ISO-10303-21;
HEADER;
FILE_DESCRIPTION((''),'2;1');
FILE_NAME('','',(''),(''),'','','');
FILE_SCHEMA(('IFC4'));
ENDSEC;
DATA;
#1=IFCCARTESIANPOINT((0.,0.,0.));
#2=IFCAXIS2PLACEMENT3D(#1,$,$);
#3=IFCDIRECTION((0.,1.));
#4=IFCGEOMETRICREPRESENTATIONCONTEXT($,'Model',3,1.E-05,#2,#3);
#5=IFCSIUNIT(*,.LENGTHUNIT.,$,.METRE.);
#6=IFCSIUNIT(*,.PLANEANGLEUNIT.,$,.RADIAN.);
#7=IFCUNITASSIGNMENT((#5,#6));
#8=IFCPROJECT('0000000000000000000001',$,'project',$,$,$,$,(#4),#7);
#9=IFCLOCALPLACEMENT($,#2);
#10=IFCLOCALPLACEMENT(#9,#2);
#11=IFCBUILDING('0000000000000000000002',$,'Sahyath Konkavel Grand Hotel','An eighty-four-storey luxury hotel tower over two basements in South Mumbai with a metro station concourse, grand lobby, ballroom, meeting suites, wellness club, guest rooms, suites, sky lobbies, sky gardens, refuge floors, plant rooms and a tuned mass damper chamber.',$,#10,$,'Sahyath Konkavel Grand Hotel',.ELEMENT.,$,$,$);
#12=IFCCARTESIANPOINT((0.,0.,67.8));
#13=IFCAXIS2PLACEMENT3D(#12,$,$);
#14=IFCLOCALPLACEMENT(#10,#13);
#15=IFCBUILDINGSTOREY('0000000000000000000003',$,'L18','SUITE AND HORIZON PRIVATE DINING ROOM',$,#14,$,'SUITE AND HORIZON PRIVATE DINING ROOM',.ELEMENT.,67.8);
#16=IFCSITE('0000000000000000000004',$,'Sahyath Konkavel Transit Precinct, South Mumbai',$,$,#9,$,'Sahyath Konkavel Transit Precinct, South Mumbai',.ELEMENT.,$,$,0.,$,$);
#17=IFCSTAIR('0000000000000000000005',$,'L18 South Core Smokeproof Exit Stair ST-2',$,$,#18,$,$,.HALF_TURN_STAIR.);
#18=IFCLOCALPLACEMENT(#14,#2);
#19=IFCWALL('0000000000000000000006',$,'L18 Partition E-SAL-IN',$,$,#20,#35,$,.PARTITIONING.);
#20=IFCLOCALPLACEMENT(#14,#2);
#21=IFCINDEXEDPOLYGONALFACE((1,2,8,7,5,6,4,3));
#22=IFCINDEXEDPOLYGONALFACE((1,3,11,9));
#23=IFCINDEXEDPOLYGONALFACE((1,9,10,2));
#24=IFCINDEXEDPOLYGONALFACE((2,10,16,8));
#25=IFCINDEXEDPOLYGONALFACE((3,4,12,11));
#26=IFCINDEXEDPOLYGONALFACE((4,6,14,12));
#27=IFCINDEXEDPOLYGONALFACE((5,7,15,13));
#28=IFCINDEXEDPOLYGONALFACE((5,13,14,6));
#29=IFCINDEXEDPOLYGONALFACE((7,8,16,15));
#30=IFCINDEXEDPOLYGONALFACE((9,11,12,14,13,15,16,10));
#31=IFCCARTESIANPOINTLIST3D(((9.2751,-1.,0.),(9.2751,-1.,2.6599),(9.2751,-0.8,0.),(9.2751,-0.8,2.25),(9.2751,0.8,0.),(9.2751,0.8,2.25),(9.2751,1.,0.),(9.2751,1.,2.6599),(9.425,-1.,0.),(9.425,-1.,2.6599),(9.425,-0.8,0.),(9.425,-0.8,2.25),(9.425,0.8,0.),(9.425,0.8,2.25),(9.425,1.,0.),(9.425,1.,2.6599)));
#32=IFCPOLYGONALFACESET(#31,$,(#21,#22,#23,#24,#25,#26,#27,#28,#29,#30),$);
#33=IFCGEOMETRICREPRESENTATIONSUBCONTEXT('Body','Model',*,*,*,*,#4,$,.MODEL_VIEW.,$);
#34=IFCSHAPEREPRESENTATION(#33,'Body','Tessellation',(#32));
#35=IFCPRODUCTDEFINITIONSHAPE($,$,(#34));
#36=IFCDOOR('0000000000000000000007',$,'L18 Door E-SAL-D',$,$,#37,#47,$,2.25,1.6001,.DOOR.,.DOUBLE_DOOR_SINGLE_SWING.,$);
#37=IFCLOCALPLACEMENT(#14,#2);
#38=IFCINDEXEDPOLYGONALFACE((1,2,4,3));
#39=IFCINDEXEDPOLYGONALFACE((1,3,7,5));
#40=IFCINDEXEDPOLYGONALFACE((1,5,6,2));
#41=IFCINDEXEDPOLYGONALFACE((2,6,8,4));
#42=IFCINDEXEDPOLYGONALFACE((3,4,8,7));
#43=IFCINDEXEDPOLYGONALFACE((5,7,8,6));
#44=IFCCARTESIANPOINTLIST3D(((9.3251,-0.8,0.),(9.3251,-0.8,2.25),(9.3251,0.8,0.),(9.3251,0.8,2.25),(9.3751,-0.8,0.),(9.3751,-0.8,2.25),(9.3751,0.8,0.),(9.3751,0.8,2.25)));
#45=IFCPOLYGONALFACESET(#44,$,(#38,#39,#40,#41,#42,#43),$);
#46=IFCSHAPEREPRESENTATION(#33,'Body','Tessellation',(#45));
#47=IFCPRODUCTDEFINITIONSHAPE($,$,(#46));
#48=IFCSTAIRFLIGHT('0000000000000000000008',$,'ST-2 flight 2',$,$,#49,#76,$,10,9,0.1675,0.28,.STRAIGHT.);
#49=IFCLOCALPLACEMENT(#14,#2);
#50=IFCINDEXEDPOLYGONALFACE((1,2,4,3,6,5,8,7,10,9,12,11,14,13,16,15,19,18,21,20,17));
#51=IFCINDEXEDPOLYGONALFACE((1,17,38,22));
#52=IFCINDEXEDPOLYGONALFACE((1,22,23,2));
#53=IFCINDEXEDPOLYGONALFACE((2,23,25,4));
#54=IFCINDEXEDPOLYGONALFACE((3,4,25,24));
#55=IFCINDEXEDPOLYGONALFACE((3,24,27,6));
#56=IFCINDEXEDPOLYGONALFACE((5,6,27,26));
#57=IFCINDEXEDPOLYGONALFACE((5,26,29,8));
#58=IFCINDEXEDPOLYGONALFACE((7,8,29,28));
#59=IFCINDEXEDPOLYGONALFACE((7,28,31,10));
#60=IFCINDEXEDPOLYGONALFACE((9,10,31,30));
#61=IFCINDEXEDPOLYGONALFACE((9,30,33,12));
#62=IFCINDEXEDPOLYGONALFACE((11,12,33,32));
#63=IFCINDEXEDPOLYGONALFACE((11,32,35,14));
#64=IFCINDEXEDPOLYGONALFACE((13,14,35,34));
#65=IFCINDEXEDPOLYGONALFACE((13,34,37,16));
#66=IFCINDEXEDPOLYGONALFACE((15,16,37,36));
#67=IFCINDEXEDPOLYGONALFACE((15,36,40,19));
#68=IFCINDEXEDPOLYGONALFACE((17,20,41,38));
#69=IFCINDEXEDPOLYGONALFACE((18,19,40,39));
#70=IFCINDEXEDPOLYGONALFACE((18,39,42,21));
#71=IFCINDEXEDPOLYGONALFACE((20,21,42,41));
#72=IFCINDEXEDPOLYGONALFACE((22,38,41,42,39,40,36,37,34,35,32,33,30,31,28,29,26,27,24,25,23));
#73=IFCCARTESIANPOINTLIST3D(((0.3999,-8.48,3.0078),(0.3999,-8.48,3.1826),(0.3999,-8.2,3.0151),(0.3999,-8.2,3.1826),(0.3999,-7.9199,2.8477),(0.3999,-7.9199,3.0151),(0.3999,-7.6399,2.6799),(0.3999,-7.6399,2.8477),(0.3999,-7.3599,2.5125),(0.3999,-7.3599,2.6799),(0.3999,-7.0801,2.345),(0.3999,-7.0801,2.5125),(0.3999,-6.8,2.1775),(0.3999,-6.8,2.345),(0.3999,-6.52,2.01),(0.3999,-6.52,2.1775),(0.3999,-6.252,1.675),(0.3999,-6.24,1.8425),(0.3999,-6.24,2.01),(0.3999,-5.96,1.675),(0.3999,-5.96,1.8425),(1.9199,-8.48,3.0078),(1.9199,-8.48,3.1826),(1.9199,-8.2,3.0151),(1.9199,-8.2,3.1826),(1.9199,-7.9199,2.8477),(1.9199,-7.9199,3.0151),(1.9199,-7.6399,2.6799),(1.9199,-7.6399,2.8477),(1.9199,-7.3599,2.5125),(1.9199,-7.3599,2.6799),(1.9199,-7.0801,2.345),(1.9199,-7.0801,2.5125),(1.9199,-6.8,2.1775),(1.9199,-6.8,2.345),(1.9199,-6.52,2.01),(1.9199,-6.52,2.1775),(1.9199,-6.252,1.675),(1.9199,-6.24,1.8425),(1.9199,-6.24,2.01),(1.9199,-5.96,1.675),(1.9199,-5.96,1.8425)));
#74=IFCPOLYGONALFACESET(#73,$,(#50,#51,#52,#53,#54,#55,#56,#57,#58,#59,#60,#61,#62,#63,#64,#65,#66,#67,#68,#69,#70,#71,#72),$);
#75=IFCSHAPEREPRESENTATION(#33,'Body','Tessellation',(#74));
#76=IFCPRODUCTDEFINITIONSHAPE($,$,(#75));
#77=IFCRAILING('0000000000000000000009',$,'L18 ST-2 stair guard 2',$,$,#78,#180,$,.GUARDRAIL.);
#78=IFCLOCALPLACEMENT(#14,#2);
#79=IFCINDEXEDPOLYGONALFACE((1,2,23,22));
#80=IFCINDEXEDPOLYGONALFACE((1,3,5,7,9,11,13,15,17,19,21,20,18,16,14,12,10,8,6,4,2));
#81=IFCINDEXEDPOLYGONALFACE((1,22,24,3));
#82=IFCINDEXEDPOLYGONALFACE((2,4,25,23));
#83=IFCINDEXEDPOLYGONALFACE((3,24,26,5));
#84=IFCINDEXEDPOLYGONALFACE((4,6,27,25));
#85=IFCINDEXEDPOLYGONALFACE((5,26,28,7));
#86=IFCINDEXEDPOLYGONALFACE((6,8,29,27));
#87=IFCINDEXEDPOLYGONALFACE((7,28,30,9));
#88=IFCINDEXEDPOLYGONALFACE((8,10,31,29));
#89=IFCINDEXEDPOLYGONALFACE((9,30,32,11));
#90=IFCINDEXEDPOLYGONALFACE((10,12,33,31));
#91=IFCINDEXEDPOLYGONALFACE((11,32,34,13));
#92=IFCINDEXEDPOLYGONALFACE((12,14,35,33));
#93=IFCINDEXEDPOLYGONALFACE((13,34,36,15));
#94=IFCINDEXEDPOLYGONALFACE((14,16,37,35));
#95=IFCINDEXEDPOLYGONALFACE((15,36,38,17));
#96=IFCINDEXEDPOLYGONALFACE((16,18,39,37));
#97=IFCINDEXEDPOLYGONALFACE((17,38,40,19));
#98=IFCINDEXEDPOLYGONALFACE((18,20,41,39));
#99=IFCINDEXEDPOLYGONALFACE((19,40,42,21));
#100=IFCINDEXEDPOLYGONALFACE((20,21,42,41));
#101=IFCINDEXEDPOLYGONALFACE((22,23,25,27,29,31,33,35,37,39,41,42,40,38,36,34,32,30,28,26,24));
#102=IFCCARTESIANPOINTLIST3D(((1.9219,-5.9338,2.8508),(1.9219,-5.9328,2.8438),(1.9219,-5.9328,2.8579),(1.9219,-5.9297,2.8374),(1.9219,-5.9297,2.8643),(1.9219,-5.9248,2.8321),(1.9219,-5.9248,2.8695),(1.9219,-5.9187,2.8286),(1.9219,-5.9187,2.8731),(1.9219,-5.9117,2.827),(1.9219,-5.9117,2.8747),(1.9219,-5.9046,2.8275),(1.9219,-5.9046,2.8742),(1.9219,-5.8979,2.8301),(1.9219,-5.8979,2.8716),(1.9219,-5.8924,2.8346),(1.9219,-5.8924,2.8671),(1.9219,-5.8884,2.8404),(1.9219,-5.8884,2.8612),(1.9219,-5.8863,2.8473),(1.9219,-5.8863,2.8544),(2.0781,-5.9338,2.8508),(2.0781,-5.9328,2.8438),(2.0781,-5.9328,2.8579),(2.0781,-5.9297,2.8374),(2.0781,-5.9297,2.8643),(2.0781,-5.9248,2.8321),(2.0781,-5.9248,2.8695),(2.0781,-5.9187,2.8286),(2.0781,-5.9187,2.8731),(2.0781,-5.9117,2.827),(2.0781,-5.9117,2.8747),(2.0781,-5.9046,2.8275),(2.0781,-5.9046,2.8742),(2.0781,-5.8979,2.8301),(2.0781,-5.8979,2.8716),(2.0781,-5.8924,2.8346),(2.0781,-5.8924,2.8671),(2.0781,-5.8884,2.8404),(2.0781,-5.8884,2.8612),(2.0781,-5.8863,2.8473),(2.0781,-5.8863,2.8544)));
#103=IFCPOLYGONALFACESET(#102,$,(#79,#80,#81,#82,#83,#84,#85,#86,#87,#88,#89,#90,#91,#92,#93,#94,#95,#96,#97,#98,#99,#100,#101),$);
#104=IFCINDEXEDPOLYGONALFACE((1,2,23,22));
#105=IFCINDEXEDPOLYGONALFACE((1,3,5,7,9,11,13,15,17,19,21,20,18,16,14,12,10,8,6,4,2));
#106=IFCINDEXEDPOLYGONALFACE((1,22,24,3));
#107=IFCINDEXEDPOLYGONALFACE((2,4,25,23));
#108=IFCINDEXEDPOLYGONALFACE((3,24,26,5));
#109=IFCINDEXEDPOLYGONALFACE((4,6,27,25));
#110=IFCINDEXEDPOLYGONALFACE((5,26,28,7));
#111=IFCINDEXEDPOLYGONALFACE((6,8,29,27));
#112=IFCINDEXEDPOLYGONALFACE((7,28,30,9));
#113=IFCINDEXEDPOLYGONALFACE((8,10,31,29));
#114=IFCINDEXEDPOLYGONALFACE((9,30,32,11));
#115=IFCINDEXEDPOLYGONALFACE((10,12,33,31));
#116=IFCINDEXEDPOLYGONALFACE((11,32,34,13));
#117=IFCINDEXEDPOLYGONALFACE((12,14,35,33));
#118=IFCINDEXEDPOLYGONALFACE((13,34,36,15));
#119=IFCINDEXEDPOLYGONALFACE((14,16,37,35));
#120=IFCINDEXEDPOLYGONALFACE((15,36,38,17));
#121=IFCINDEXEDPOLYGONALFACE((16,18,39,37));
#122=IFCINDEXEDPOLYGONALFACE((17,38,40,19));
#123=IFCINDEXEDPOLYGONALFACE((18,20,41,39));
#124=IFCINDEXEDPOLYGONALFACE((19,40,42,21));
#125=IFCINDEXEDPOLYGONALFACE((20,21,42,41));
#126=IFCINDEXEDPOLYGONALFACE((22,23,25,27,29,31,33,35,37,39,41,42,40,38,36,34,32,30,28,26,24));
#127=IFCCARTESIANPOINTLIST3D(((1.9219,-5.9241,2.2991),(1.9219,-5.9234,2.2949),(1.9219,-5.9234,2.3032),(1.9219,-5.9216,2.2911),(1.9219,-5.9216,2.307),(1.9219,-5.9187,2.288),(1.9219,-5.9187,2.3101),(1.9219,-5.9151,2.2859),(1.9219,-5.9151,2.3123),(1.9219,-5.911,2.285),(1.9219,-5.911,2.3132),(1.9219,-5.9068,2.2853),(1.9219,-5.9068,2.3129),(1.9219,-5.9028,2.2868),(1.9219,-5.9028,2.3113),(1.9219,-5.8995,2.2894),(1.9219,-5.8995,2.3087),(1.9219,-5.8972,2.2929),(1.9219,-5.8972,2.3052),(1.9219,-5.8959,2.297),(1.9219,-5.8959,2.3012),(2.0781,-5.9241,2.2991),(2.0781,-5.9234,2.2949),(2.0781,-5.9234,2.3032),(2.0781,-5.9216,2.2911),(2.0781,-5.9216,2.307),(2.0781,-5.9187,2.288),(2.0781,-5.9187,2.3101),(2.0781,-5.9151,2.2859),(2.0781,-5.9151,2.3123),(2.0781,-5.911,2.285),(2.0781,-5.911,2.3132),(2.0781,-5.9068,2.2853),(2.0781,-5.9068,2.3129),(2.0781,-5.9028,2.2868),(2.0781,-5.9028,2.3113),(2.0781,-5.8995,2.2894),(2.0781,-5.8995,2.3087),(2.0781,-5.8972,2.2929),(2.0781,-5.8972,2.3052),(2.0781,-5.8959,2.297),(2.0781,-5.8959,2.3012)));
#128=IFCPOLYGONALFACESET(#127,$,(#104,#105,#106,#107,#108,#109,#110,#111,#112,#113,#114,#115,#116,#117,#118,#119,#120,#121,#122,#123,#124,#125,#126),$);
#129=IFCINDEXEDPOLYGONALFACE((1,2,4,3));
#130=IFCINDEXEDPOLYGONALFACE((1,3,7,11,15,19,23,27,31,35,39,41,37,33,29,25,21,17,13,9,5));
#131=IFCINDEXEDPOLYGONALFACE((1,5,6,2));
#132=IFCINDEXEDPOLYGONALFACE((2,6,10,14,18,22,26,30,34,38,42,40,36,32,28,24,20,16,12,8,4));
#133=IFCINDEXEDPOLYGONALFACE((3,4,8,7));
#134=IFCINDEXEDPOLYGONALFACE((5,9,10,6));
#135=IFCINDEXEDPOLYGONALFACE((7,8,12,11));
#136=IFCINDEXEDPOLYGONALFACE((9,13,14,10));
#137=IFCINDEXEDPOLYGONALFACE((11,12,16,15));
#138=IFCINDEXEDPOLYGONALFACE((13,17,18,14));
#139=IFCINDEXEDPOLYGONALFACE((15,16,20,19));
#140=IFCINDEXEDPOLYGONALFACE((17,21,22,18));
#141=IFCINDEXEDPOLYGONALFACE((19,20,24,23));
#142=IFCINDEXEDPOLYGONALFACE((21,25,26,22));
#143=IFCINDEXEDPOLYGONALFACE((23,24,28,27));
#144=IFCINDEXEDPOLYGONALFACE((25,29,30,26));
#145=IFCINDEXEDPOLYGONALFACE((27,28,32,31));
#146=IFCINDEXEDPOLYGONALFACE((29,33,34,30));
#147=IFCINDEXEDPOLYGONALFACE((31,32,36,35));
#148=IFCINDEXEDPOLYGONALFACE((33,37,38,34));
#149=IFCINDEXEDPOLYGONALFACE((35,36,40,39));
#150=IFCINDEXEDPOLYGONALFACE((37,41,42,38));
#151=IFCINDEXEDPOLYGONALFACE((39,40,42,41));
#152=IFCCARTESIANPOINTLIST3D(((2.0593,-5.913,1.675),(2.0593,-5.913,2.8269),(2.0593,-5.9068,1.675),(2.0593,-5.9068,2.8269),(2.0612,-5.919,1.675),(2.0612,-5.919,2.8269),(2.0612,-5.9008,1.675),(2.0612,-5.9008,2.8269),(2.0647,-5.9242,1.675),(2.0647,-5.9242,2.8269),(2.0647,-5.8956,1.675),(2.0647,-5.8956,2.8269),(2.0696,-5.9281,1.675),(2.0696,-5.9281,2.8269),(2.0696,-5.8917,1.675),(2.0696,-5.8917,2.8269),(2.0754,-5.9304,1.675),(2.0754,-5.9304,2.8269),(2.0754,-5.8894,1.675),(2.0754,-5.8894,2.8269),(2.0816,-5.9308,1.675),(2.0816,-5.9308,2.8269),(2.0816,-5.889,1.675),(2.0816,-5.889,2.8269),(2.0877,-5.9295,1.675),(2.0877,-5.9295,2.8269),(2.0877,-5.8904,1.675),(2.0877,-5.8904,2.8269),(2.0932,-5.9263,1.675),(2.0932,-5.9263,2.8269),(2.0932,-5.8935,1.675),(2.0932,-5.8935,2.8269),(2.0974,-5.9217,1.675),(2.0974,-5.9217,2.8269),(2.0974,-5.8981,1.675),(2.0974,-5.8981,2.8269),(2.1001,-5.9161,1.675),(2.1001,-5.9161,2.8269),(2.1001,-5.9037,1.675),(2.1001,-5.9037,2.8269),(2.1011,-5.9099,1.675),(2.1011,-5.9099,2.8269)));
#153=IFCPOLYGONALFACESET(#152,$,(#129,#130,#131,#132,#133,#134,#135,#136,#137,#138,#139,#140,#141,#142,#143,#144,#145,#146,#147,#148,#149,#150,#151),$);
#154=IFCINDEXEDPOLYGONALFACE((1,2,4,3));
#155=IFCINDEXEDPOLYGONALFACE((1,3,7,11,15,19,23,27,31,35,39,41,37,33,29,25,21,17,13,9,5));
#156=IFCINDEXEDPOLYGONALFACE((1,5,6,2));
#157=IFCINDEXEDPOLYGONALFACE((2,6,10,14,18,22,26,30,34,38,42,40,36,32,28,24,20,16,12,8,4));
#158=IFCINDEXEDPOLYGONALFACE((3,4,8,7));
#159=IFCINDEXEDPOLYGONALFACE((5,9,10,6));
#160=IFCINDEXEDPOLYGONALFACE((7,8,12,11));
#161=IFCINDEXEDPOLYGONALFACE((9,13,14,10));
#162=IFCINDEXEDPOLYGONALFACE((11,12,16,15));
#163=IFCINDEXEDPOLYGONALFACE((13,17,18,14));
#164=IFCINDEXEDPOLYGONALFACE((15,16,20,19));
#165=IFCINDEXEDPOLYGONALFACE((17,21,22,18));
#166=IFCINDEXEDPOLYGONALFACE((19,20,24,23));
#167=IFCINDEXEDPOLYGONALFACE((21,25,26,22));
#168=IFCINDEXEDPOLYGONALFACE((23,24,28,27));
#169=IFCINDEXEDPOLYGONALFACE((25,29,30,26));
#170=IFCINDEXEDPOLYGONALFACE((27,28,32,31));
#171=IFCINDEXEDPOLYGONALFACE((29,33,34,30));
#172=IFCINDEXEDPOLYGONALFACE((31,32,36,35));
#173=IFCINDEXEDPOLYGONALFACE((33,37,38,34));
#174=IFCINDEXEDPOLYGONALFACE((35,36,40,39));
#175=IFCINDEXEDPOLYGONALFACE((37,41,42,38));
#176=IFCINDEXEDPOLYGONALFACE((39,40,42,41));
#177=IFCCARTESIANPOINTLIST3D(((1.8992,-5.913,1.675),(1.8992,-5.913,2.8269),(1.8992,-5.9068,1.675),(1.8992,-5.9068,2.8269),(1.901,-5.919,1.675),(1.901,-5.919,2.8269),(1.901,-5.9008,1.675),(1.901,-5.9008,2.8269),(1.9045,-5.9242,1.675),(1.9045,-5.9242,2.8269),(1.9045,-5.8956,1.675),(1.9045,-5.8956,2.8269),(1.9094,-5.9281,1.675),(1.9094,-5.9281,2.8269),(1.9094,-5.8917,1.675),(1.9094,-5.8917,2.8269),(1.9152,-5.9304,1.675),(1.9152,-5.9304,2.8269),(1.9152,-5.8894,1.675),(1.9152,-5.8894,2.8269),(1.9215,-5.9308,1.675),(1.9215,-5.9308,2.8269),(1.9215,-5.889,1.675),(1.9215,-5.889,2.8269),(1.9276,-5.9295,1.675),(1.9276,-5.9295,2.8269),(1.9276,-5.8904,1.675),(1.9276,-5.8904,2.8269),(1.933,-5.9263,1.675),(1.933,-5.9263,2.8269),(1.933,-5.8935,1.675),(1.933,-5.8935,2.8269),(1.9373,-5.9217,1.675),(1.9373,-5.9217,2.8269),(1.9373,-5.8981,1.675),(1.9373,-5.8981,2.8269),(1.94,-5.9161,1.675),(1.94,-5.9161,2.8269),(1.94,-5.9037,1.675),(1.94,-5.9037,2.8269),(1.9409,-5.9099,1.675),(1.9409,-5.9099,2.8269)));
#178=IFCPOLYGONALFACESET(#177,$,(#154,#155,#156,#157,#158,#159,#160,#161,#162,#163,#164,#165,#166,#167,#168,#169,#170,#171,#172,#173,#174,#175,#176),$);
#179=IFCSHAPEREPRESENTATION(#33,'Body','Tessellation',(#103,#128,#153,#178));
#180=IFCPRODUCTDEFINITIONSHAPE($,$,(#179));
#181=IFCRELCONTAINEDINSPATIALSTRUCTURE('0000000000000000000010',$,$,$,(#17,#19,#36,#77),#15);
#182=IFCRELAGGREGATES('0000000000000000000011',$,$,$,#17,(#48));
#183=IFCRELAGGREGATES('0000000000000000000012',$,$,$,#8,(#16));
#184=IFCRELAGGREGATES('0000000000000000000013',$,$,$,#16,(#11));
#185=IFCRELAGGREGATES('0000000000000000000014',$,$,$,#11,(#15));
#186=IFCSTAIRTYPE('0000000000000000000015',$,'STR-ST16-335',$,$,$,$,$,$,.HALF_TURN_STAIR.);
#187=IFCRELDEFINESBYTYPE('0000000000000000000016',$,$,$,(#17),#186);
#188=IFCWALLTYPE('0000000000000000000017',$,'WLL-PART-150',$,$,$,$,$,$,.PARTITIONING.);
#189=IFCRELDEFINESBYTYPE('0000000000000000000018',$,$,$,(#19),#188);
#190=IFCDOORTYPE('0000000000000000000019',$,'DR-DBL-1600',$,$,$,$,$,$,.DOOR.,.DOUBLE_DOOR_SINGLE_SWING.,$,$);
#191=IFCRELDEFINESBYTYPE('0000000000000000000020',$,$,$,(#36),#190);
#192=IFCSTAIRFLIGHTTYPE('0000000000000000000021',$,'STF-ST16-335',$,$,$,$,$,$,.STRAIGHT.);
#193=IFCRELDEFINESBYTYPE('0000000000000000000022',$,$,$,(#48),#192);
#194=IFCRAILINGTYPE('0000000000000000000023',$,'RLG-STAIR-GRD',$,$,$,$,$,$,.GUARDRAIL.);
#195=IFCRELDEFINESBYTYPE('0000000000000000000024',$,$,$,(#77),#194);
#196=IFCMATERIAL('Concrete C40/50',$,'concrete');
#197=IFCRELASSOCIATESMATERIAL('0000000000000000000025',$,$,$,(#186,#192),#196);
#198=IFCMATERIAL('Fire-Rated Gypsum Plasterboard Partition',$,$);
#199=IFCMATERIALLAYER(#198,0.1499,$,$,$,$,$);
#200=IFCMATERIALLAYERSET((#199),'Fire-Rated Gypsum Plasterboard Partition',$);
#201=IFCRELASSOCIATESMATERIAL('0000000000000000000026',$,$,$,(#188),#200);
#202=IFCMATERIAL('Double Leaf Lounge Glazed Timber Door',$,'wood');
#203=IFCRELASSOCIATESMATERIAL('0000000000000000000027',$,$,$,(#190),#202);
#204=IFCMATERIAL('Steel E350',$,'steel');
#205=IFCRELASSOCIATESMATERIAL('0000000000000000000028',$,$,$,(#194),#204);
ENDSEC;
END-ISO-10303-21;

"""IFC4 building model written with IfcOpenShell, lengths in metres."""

from ifc_helpers import new_model, si_unit, direction, frame, frame_2d, origin, origin_2d, place, context, subcontext, project, spatial, polyline, rectangle, circle, outline, extrude, source, transform, mapped, material, layer, layer_set, type_object, element, fill, aggregate, save


model = new_model("IFC4")

# Units and contexts
model_context = context("Model", 3, precision=1e-05, world=origin(), true_north=direction((0.0, 1.0)))
body_context = subcontext(model_context, "Body", "Model", "MODEL_VIEW")
ifc_project = project(units=[si_unit("LENGTHUNIT", "METRE"), si_unit("PLANEANGLEUNIT", "RADIAN")], contexts=[model_context])

# Site, building, storey
site_placement = place(None, origin())
site = spatial("IfcSite", under=ifc_project, at=site_placement, Name="Sahyath Konkavel Transit Precinct, South Mumbai", LongName="Sahyath Konkavel Transit Precinct, South Mumbai", CompositionType="ELEMENT", RefElevation=0.0)
building_placement = place(site_placement, origin())
building = spatial("IfcBuilding", under=site, at=building_placement, Name="Sahyath Konkavel Grand Hotel", Description="An eighty-four-storey luxury hotel tower over two basements in South Mumbai with a metro station concourse, grand lobby, ballroom, meeting suites, wellness club, guest rooms, suites, sky lobbies, sky gardens, refuge floors, plant rooms and a tuned mass damper chamber.", LongName="Sahyath Konkavel Grand Hotel", CompositionType="ELEMENT")
storey_placement = place(building_placement, frame((0.0, 0.0, 67.8)))
storey = spatial("IfcBuildingStorey", under=building, at=storey_placement, Name="L18", Description="SUITE AND HORIZON PRIVATE DINING ROOM", LongName="SUITE AND HORIZON PRIVATE DINING ROOM", CompositionType="ELEMENT", Elevation=67.8)

# Shared definitions
ifc_material_1 = material(Name="Steel E350", Category="steel")

# Shared definitions
ifc_material_2 = material(Name="Concrete C40/50", Category="concrete")

# Stair
stair_type = type_object("IfcStairType", Name="STR-ST16-335", PredefinedType="HALF_TURN_STAIR", material=ifc_material_2)
stair_1_placement = place(storey_placement, origin())
stair_1 = element("IfcStair", 1, at=stair_1_placement, inside=storey, type_object=stair_type, Name="L18 South Core Smokeproof Exit Stair ST-2", PredefinedType="HALF_TURN_STAIR")

# Wall, opening, door
ifc_material_3 = material(Name="Fire-Rated Gypsum Plasterboard Partition")
ifc_layer_1 = layer(ifc_material_3, 0.1499)
ifc_layer_set_1 = layer_set([ifc_layer_1], Name="Fire-Rated Gypsum Plasterboard Partition")
wall_type_1 = type_object("IfcWallType", Name="WLL-PART-150", PredefinedType="PARTITIONING", material=ifc_layer_set_1)
wall_1_placement = place(storey_placement, frame((9.3501, -1.0, 0.0), z_axis=(0.0, 0.0, 1.0), x_axis=(0.0, 1.0, 0.0)))
wall_1 = element("IfcWall", 2, at=wall_1_placement, inside=storey, type_object=wall_type_1, Name="L18 Partition E-SAL-IN", PredefinedType="PARTITIONING", context=body_context, shape_type="SweptSolid", body=[
    extrude(rectangle(XDim=2.0, YDim=0.1499, at=frame_2d((1.0, 0.0))), origin(), (0.0, 0.0, 1.0), 2.6599),
])
opening_1_placement = place(wall_1_placement, frame((0.2, 0.0, 0.0)))
opening_1 = element("IfcOpeningElement", 3, at=opening_1_placement, cuts=wall_1, PredefinedType="OPENING", context=body_context, shape_type="SweptSolid", body=[
    extrude(rectangle(XDim=1.6001, YDim=2.25, at=frame_2d((0.8, 1.125))), frame((0.0, 0.085, 0.0), z_axis=(0.0, -1.0, 0.0), x_axis=(1.0, 0.0, 0.0)), (0.0, 0.0, 1.0), 0.1699),
])
ifc_material_4 = material(Name="Double Leaf Lounge Glazed Timber Door", Category="wood")
door_type_1 = type_object("IfcDoorType", Name="DR-DBL-1600", OperationType="DOUBLE_DOOR_SINGLE_SWING", PredefinedType="DOOR", material=ifc_material_4)
shared_shape_1 = source(origin(), body_context, "Body", "SweptSolid", [
    extrude(rectangle(XDim=1.6001, YDim=0.05, at=origin_2d()), origin(), (0.0, 0.0, 1.0), 2.25),
])
door_1_placement = place(opening_1_placement, frame((0.8, 0.0, 0.0)))
door_1 = element("IfcDoor", 4, at=door_1_placement, inside=storey, type_object=door_type_1, Name="L18 Door E-SAL-D", OperationType="DOUBLE_DOOR_SINGLE_SWING", OverallHeight=2.25, OverallWidth=1.6001, PredefinedType="DOOR", context=body_context, shape_type="MappedRepresentation", body=[
    mapped(shared_shape_1, transform((0.0, 0.0, 0.0), scale=1.0)),
])
fill(opening_1, door_1)

# Stair flight
stair_flight_type = type_object("IfcStairFlightType", Name="STF-ST16-335", PredefinedType="STRAIGHT", material=ifc_material_2)
stair_flight_placement = place(storey_placement, frame((1.1599, -5.96, 1.675), z_axis=(0.0, 0.0, 1.0), x_axis=(0.0, -1.0, 0.0)))
stair_flight = element("IfcStairFlight", 5, at=stair_flight_placement, type_object=stair_flight_type, Name="ST-2 flight 2", NumberOfRisers=10, NumberOfTreads=9, PredefinedType="STRAIGHT", RiserHeight=0.1675, TreadLength=0.28, context=body_context, shape_type="SweptSolid", body=[
    extrude(outline(polyline([(0.0, 0.0), (0.0, 0.1675), (0.28, 0.1675), (0.28, 0.335), (0.5601, 0.335), (0.5601, 0.5024), (0.8401, 0.5024), (0.8401, 0.6699), (1.1201, 0.6699), (1.1201, 0.8374), (1.3999, 0.8374), (1.3999, 1.0049), (1.6799, 1.0049), (1.6799, 1.1726), (1.96, 1.1726), (1.96, 1.3401), (2.24, 1.3401), (2.24, 1.5076), (2.52, 1.5076), (2.52, 1.675), (2.52, 1.3328), (0.292, 0.0), (0.0, 0.0)])), frame((0.0, 0.76, 0.0), z_axis=(0.0, -1.0, 0.0), x_axis=(1.0, 0.0, 0.0)), (0.0, 0.0, 1.0), 1.52),
])
aggregate(stair_1, [stair_flight])

# Railing
railing_type_1 = type_object("IfcRailingType", Name="RLG-STAIR-GRD", PredefinedType="GUARDRAIL", material=ifc_material_1)
railing_1_placement = place(storey_placement, frame((2.0801, -5.9099, 1.675)))
element("IfcRailing", 6, at=railing_1_placement, inside=storey, type_object=railing_type_1, Name="L18 ST-2 stair guard 2", PredefinedType="GUARDRAIL", context=body_context, shape_type="SweptSolid", body=[
    extrude(circle(Radius=0.0239, at=origin_2d()), frame((-0.002, 0.0, 1.1758), z_axis=(-1.0, 0.0, 0.0), x_axis=(0.0, -1.0, 0.0)), (0.0, 0.0, 1.0), 0.1562),
    extrude(circle(Radius=0.0142, at=origin_2d()), frame((-0.002, 0.0, 0.624), z_axis=(-1.0, 0.0, 0.0), x_axis=(0.0, -1.0, 0.0)), (0.0, 0.0, 1.0), 0.1562),
    extrude(circle(Radius=0.021, at=origin_2d()), origin(), (0.0, 0.0, 1.0), 1.1519),
    extrude(circle(Radius=0.021, at=origin_2d()), frame((-0.1602, 0.0, 0.0)), (0.0, 0.0, 1.0), 1.1519),
])

save(model, "model.ifc")
